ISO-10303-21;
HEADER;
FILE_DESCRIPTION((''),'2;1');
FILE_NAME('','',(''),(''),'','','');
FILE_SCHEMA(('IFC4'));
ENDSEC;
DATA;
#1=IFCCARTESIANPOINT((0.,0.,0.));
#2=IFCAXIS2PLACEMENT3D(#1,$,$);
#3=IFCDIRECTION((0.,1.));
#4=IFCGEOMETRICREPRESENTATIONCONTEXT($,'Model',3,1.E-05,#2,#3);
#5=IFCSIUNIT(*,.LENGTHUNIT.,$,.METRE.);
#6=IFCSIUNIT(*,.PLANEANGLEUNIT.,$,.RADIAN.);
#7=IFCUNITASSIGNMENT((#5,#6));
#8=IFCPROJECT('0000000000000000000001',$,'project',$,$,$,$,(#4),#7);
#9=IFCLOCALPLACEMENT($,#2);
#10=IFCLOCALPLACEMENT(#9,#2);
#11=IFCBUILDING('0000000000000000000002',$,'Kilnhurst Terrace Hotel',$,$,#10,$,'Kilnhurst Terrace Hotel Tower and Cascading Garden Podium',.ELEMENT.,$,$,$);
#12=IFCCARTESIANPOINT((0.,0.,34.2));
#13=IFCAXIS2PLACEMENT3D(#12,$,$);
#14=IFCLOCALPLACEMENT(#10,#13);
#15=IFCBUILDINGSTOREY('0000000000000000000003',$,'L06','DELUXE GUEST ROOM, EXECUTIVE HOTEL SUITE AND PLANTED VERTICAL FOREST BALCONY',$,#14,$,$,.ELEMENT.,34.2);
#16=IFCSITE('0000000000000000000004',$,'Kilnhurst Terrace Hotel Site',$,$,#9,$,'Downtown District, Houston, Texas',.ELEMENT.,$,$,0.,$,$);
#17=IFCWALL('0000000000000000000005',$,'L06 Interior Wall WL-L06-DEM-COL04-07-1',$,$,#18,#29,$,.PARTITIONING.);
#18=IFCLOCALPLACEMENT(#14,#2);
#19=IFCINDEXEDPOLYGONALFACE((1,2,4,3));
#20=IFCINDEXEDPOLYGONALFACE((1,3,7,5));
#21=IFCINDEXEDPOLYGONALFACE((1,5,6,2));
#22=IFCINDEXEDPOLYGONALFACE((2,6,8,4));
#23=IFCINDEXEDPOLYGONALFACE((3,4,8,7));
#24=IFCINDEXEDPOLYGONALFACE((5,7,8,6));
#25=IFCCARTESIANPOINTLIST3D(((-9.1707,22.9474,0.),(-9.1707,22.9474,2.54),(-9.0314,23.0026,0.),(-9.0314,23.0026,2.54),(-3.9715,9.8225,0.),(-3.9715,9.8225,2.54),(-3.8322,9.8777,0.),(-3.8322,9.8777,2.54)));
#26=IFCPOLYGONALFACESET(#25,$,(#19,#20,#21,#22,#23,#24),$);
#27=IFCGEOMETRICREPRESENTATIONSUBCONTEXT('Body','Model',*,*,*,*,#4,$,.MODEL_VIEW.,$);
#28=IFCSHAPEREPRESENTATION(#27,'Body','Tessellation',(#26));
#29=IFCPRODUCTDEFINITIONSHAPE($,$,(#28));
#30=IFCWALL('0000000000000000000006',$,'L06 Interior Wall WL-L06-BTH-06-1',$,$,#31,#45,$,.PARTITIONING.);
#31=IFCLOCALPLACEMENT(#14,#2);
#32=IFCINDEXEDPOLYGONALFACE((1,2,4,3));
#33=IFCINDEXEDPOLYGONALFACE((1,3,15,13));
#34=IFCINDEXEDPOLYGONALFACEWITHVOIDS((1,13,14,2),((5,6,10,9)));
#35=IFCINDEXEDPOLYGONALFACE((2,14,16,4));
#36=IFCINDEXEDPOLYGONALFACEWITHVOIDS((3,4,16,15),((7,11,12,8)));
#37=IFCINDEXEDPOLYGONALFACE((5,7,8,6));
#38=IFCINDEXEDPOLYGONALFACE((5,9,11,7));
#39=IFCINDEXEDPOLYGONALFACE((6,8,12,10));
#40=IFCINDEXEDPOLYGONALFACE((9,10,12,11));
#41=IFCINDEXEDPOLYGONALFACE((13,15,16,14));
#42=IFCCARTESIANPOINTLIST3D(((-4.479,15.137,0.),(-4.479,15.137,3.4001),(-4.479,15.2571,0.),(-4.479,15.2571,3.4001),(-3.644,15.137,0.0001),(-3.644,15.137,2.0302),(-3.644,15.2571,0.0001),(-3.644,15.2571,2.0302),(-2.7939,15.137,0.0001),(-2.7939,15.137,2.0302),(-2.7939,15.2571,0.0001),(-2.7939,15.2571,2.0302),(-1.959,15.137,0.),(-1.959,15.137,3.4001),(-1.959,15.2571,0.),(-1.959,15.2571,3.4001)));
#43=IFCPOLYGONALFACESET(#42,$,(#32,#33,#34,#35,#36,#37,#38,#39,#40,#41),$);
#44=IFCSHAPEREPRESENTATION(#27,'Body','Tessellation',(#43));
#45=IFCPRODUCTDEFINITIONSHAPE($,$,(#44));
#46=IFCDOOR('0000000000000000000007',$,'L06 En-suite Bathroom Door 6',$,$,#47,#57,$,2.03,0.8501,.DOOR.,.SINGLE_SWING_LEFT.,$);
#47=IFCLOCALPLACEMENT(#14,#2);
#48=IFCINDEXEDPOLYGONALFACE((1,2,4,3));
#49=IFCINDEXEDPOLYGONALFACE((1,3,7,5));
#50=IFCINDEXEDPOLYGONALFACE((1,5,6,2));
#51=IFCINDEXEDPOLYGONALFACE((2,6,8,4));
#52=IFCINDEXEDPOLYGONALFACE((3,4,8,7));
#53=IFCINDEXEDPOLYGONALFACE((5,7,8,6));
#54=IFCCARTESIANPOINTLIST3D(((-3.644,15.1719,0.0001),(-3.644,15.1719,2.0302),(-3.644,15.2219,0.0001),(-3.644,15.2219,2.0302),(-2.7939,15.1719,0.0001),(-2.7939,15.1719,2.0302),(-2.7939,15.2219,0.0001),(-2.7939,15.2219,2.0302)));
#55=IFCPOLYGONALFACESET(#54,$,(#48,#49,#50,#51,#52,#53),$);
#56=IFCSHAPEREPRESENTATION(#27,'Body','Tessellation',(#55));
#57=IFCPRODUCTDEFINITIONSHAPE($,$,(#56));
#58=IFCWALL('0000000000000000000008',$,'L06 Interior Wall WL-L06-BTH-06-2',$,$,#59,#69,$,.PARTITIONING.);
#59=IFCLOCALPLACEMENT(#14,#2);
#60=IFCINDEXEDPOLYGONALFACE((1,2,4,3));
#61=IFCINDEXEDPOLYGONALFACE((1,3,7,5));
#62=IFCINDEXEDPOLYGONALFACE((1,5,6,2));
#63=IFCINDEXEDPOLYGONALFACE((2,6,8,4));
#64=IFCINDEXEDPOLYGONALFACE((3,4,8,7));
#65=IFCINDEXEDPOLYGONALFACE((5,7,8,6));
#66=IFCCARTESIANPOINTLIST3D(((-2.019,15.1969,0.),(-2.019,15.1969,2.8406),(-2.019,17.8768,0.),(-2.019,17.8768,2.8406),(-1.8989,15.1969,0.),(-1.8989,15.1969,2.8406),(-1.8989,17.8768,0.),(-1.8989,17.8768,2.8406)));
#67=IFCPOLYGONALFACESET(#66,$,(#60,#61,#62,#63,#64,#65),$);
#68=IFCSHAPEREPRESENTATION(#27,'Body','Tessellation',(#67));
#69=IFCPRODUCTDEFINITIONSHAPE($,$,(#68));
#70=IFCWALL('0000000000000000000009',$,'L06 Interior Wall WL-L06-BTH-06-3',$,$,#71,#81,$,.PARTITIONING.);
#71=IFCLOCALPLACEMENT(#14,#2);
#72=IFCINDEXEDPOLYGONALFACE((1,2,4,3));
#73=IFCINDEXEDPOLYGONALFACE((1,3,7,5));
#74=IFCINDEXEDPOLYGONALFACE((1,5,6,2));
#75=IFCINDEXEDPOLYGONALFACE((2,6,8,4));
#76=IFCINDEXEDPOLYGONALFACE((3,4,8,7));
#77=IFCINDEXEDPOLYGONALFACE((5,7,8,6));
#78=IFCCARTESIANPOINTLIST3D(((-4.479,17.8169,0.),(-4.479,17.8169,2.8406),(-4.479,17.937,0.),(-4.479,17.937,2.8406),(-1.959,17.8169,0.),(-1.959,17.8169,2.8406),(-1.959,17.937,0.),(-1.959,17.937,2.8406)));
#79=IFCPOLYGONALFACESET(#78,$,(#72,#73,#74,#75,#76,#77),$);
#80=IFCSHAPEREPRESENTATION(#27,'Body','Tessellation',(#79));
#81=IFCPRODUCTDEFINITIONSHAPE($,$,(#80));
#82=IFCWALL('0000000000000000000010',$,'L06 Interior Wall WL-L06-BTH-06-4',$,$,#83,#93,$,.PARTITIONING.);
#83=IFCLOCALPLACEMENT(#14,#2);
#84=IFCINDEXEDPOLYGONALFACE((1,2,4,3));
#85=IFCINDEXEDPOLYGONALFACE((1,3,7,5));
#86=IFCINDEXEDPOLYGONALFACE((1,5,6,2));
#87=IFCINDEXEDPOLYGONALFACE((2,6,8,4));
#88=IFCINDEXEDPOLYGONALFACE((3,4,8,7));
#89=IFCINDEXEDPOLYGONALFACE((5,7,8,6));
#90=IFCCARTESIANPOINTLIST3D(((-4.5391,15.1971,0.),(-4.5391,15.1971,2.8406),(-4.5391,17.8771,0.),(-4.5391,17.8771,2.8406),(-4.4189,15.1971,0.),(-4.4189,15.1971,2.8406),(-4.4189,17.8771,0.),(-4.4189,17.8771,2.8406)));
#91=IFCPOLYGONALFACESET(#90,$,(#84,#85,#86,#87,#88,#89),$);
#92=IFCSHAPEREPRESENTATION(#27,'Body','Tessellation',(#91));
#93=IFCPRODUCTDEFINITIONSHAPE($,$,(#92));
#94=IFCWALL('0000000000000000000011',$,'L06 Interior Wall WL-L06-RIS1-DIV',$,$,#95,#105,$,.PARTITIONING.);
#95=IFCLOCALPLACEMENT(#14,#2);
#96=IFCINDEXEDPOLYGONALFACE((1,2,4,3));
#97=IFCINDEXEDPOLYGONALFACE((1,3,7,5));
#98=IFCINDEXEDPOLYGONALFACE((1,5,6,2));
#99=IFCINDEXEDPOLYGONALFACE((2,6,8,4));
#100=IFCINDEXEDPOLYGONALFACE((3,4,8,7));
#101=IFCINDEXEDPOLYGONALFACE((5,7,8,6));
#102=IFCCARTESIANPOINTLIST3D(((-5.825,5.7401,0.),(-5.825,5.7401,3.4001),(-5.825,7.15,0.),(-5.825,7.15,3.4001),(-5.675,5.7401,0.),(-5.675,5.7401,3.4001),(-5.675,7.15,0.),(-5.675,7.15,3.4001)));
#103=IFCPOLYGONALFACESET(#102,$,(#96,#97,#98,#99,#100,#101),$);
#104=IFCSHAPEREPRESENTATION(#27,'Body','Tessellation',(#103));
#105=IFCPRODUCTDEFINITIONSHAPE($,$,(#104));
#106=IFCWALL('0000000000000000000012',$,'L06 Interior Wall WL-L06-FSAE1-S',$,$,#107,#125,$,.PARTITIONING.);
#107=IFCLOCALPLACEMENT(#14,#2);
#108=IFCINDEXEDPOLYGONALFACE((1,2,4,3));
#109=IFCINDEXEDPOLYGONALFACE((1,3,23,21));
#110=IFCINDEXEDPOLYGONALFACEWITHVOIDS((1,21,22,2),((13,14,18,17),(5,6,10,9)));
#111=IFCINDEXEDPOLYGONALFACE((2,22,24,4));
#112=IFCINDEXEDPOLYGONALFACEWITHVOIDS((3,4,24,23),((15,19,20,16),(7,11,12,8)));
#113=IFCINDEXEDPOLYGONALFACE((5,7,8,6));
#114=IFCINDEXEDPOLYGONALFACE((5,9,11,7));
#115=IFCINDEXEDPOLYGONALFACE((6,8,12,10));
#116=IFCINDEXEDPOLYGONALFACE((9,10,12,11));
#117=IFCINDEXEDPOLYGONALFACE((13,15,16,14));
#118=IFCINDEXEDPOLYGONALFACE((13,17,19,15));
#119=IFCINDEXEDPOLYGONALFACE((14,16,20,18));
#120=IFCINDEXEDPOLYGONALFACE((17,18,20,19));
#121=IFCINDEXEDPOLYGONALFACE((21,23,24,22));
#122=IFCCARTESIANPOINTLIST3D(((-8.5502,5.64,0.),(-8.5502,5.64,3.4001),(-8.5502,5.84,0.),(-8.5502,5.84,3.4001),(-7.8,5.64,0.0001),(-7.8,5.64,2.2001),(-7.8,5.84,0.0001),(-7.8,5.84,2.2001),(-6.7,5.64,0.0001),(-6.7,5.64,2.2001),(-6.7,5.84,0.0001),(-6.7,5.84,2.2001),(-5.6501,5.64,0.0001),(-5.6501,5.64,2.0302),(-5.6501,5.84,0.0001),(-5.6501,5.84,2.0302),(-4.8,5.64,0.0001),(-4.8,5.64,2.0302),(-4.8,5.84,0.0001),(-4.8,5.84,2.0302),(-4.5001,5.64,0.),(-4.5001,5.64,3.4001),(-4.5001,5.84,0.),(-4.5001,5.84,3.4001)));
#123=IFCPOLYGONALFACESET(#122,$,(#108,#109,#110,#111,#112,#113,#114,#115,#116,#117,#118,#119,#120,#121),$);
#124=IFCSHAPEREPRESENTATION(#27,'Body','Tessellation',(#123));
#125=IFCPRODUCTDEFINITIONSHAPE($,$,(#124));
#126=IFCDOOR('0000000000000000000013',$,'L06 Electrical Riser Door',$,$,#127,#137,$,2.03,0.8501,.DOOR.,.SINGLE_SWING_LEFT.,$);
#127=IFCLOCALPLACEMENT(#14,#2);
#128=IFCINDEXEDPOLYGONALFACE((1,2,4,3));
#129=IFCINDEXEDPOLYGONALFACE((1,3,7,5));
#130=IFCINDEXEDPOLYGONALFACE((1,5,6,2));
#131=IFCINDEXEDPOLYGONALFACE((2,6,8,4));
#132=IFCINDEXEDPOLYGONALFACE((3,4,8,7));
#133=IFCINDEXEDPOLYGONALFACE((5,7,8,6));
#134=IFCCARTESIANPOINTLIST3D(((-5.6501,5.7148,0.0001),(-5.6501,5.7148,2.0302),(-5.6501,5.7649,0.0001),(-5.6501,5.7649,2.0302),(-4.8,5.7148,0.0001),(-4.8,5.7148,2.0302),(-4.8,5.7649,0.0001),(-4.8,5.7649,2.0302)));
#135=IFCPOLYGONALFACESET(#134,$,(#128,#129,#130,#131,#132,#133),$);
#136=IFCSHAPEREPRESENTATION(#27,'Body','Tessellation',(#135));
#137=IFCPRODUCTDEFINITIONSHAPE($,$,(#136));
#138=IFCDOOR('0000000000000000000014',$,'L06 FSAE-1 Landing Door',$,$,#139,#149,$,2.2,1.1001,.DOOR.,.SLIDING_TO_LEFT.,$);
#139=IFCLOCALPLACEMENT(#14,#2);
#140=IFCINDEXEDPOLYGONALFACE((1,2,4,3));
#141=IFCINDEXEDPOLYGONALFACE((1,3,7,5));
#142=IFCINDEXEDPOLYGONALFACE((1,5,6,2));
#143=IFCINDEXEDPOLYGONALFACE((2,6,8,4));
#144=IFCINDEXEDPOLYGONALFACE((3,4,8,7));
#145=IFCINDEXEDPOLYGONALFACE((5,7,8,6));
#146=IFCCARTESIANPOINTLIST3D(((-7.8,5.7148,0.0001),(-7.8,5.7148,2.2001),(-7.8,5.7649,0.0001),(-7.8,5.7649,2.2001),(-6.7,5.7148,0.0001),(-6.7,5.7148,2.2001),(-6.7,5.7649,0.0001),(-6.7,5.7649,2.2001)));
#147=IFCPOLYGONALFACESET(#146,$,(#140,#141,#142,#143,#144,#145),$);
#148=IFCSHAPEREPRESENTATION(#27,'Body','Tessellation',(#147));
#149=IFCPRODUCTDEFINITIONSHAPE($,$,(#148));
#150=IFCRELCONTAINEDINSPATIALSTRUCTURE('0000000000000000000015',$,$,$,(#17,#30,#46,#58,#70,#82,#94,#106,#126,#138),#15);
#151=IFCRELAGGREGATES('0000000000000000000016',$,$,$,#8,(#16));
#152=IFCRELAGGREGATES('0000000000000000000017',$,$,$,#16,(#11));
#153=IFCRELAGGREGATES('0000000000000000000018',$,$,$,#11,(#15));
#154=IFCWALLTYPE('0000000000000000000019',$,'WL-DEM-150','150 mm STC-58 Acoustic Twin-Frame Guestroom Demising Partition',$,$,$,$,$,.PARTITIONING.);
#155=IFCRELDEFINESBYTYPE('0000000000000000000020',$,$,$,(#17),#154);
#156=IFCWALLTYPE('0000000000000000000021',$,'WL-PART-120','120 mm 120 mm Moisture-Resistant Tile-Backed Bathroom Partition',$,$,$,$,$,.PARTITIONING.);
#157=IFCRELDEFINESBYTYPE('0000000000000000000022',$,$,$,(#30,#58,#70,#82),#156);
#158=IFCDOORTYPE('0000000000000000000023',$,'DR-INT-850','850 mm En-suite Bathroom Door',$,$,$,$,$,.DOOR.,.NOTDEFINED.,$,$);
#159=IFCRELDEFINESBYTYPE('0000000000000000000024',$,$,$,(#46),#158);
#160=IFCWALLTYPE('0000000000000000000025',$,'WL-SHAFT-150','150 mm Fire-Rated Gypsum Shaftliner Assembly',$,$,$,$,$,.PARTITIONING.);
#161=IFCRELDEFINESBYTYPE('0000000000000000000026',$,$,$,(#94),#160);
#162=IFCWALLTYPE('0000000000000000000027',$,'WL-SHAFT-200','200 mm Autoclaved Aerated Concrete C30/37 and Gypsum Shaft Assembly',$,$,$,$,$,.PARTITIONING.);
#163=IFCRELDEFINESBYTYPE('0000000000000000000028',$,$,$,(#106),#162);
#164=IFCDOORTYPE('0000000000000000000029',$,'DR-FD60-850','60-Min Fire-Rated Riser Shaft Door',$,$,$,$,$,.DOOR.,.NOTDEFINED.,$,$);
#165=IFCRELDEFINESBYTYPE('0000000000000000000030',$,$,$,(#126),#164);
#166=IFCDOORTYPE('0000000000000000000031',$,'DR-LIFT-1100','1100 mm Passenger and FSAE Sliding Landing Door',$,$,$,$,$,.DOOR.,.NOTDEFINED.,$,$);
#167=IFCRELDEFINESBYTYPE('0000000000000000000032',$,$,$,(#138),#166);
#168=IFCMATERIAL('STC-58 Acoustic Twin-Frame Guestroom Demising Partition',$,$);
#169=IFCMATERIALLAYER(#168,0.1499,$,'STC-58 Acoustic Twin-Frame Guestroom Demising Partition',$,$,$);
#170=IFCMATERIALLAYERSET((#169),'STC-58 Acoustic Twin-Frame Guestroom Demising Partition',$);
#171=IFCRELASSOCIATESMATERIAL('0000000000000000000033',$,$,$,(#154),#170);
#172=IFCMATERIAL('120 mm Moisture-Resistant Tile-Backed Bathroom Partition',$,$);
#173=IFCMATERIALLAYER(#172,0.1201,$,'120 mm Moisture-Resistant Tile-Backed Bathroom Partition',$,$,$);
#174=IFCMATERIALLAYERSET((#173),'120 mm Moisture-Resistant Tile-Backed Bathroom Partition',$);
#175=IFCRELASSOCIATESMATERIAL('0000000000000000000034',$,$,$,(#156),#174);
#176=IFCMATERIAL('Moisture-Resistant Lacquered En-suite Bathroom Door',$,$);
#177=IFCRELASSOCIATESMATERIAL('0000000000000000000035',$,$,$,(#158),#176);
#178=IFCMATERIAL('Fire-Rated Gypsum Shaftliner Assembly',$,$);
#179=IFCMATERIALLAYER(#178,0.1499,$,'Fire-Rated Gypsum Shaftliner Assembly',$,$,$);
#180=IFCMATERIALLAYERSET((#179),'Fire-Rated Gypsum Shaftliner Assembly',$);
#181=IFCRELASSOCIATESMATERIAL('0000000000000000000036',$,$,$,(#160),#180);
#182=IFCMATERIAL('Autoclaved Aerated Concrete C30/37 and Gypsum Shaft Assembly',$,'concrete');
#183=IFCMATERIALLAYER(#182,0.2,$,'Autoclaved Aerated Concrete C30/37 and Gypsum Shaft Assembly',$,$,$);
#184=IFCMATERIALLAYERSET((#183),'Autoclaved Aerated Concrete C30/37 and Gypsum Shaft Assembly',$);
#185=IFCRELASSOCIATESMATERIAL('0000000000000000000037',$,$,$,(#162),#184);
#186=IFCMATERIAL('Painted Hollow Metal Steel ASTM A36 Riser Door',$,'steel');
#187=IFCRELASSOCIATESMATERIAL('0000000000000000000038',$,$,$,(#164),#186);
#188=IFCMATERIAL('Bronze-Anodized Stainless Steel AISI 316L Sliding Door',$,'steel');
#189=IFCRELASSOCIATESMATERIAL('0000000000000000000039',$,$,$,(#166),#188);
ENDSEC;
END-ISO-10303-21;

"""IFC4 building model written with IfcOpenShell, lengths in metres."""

from ifc_helpers import new_model, si_unit, direction, frame, frame_2d, origin, place, context, subcontext, project, spatial, rectangle, extrude, material, layer, layer_set, type_object, element, fill, save


model = new_model("IFC4")

# Units and contexts
model_context = context("Model", 3, precision=1e-05, world=origin(), true_north=direction((0.0, 1.0)))
body_context = subcontext(model_context, "Body", "Model", "MODEL_VIEW")
ifc_project = project(units=[si_unit("LENGTHUNIT", "METRE"), si_unit("PLANEANGLEUNIT", "RADIAN")], contexts=[model_context])

# Site, building, storey
site_placement = place(None, origin())
site = spatial("IfcSite", under=ifc_project, at=site_placement, Name="Kilnhurst Terrace Hotel Site", LongName="Downtown District, Houston, Texas", CompositionType="ELEMENT", RefElevation=0.0)
building_placement = place(site_placement, origin())
building = spatial("IfcBuilding", under=site, at=building_placement, Name="Kilnhurst Terrace Hotel", LongName="Kilnhurst Terrace Hotel Tower and Cascading Garden Podium", CompositionType="ELEMENT")
storey_placement = place(building_placement, frame((0.0, 0.0, 34.2)))
storey = spatial("IfcBuildingStorey", under=building, at=storey_placement, Name="L06", Description="DELUXE GUEST ROOM, EXECUTIVE HOTEL SUITE AND PLANTED VERTICAL FOREST BALCONY", CompositionType="ELEMENT", Elevation=34.2)

# Wall
ifc_material_1 = material(Name="STC-58 Acoustic Twin-Frame Guestroom Demising Partition")
ifc_layer_1 = layer(ifc_material_1, 0.1499, Name="STC-58 Acoustic Twin-Frame Guestroom Demising Partition")
ifc_layer_set_1 = layer_set([ifc_layer_1], Name="STC-58 Acoustic Twin-Frame Guestroom Demising Partition")
wall_type_1 = type_object("IfcWallType", Name="WL-DEM-150", Description="150 mm STC-58 Acoustic Twin-Frame Guestroom Demising Partition", PredefinedType="PARTITIONING", material=ifc_layer_set_1)
wall_1_placement = place(storey_placement, frame((-3.9019, 9.8501, 0.0), z_axis=(0.0, 0.0, 1.0), x_axis=(-0.368288, 0.929712, 0.0)))
element("IfcWall", 1, at=wall_1_placement, inside=storey, type_object=wall_type_1, Name="L06 Interior Wall WL-L06-DEM-COL04-07-1", PredefinedType="PARTITIONING", context=body_context, shape_type="SweptSolid", body=[
    extrude(rectangle(XDim=14.1172, YDim=0.1499, at=frame_2d((7.0586, 0.0))), origin(), (0.0, 0.0, 1.0), 2.54),
])

# Wall, opening, door
ifc_material_2 = material(Name="120 mm Moisture-Resistant Tile-Backed Bathroom Partition")
ifc_layer_2 = layer(ifc_material_2, 0.1201, Name="120 mm Moisture-Resistant Tile-Backed Bathroom Partition")
ifc_layer_set_2 = layer_set([ifc_layer_2], Name="120 mm Moisture-Resistant Tile-Backed Bathroom Partition")
wall_type_2 = type_object("IfcWallType", Name="WL-PART-120", Description="120 mm 120 mm Moisture-Resistant Tile-Backed Bathroom Partition", PredefinedType="PARTITIONING", material=ifc_layer_set_2)
wall_2_placement = place(storey_placement, frame((-4.479, 15.197, 0.0), z_axis=(0.0, 0.0, 1.0), x_axis=(1.0, 0.0, 0.0)))
wall_2 = element("IfcWall", 2, at=wall_2_placement, inside=storey, type_object=wall_type_2, Name="L06 Interior Wall WL-L06-BTH-06-1", PredefinedType="PARTITIONING", context=body_context, shape_type="SweptSolid", body=[
    extrude(rectangle(XDim=2.52, YDim=0.1201, at=frame_2d((1.26, 0.0))), origin(), (0.0, 0.0, 1.0), 3.4001),
])
opening_1_placement = place(wall_2_placement, frame((0.835, 0.0, 0.0)))
opening_1 = element("IfcOpeningElement", 3, at=opening_1_placement, cuts=wall_2, PredefinedType="OPENING", context=body_context, shape_type="SweptSolid", body=[
    extrude(rectangle(XDim=0.8501, YDim=2.03, at=frame_2d((0.425, 1.0151))), frame((0.0, 0.0701, 0.0), z_axis=(0.0, -1.0, 0.0), x_axis=(1.0, 0.0, 0.0)), (0.0, 0.0, 1.0), 0.1401),
])
ifc_material_3 = material(Name="Moisture-Resistant Lacquered En-suite Bathroom Door")
door_type_1 = type_object("IfcDoorType", Name="DR-INT-850", Description="850 mm En-suite Bathroom Door", OperationType="NOTDEFINED", PredefinedType="DOOR", material=ifc_material_3)
door_1_placement = place(opening_1_placement, origin())
door_1 = element("IfcDoor", 4, at=door_1_placement, inside=storey, type_object=door_type_1, Name="L06 En-suite Bathroom Door 6", OperationType="SINGLE_SWING_LEFT", OverallHeight=2.03, OverallWidth=0.8501, PredefinedType="DOOR", context=body_context, shape_type="SweptSolid", body=[
    extrude(rectangle(XDim=0.8501, YDim=2.03, at=frame_2d((0.425, 1.0151))), frame((0.0, 0.0249, 0.0), z_axis=(0.0, -1.0, 0.0), x_axis=(1.0, 0.0, 0.0)), (0.0, 0.0, 1.0), 0.05),
])
fill(opening_1, door_1)

# Walls
wall_3_placement = place(storey_placement, frame((-1.959, 15.197, 0.0), z_axis=(0.0, 0.0, 1.0), x_axis=(0.0, 1.0, 0.0)))
element("IfcWall", 5, at=wall_3_placement, inside=storey, type_object=wall_type_2, Name="L06 Interior Wall WL-L06-BTH-06-2", PredefinedType="PARTITIONING", context=body_context, shape_type="SweptSolid", body=[
    extrude(rectangle(XDim=2.6799, YDim=0.1201, at=frame_2d((1.3398, 0.0))), origin(), (0.0, 0.0, 1.0), 2.8406),
])
wall_4_placement = place(storey_placement, frame((-1.959, 17.877, 0.0), z_axis=(0.0, 0.0, 1.0), x_axis=(-1.0, 0.0, 0.0)))
element("IfcWall", 6, at=wall_4_placement, inside=storey, type_object=wall_type_2, Name="L06 Interior Wall WL-L06-BTH-06-3", PredefinedType="PARTITIONING", context=body_context, shape_type="SweptSolid", body=[
    extrude(rectangle(XDim=2.52, YDim=0.1201, at=frame_2d((1.26, 0.0))), origin(), (0.0, 0.0, 1.0), 2.8406),
])
wall_5_placement = place(storey_placement, frame((-4.479, 17.877, 0.0), z_axis=(0.0, 0.0, 1.0), x_axis=(0.0, -1.0, 0.0)))
element("IfcWall", 7, at=wall_5_placement, inside=storey, type_object=wall_type_2, Name="L06 Interior Wall WL-L06-BTH-06-4", PredefinedType="PARTITIONING", context=body_context, shape_type="SweptSolid", body=[
    extrude(rectangle(XDim=2.6799, YDim=0.1201, at=frame_2d((1.3398, 0.0))), origin(), (0.0, 0.0, 1.0), 2.8406),
])
ifc_material_4 = material(Name="Fire-Rated Gypsum Shaftliner Assembly")
ifc_layer_3 = layer(ifc_material_4, 0.1499, Name="Fire-Rated Gypsum Shaftliner Assembly")
ifc_layer_set_3 = layer_set([ifc_layer_3], Name="Fire-Rated Gypsum Shaftliner Assembly")
wall_type_3 = type_object("IfcWallType", Name="WL-SHAFT-150", Description="150 mm Fire-Rated Gypsum Shaftliner Assembly", PredefinedType="PARTITIONING", material=ifc_layer_set_3)
wall_6_placement = place(storey_placement, frame((-5.75, 5.74, 0.0), z_axis=(0.0, 0.0, 1.0), x_axis=(0.0, 1.0, 0.0)))
element("IfcWall", 8, at=wall_6_placement, inside=storey, type_object=wall_type_3, Name="L06 Interior Wall WL-L06-RIS1-DIV", PredefinedType="PARTITIONING", context=body_context, shape_type="SweptSolid", body=[
    extrude(rectangle(XDim=1.4099, YDim=0.1499, at=frame_2d((0.7051, 0.0))), origin(), (0.0, 0.0, 1.0), 3.4001),
])

# Wall, openings, doors
ifc_material_5 = material(Name="Autoclaved Aerated Concrete C30/37 and Gypsum Shaft Assembly", Category="concrete")
ifc_layer_4 = layer(ifc_material_5, 0.2, Name="Autoclaved Aerated Concrete C30/37 and Gypsum Shaft Assembly")
ifc_layer_set_4 = layer_set([ifc_layer_4], Name="Autoclaved Aerated Concrete C30/37 and Gypsum Shaft Assembly")
wall_type_4 = type_object("IfcWallType", Name="WL-SHAFT-200", Description="200 mm Autoclaved Aerated Concrete C30/37 and Gypsum Shaft Assembly", PredefinedType="PARTITIONING", material=ifc_layer_set_4)
wall_7_placement = place(storey_placement, frame((-8.55, 5.74, 0.0), z_axis=(0.0, 0.0, 1.0), x_axis=(1.0, 0.0, 0.0)))
wall_7 = element("IfcWall", 9, at=wall_7_placement, inside=storey, type_object=wall_type_4, Name="L06 Interior Wall WL-L06-FSAE1-S", PredefinedType="PARTITIONING", context=body_context, shape_type="SweptSolid", body=[
    extrude(rectangle(XDim=4.05, YDim=0.2, at=frame_2d((2.0249, 0.0))), origin(), (0.0, 0.0, 1.0), 3.4001),
])
opening_2_placement = place(wall_7_placement, frame((0.75, 0.0, 0.0)))
opening_2 = element("IfcOpeningElement", 10, at=opening_2_placement, cuts=wall_7, PredefinedType="OPENING", context=body_context, shape_type="SweptSolid", body=[
    extrude(rectangle(XDim=1.1001, YDim=2.2, at=frame_2d((0.55, 1.1001))), frame((0.0, 0.1099, 0.0), z_axis=(0.0, -1.0, 0.0), x_axis=(1.0, 0.0, 0.0)), (0.0, 0.0, 1.0), 0.22),
])
opening_3_placement = place(wall_7_placement, frame((2.8999, 0.0, 0.0)))
opening_3 = element("IfcOpeningElement", 11, at=opening_3_placement, cuts=wall_7, PredefinedType="OPENING", context=body_context, shape_type="SweptSolid", body=[
    extrude(rectangle(XDim=0.8501, YDim=2.03, at=frame_2d((0.425, 1.0151))), frame((0.0, 0.1099, 0.0), z_axis=(0.0, -1.0, 0.0), x_axis=(1.0, 0.0, 0.0)), (0.0, 0.0, 1.0), 0.22),
])
ifc_material_6 = material(Name="Painted Hollow Metal Steel ASTM A36 Riser Door", Category="steel")
door_type_2 = type_object("IfcDoorType", Name="DR-FD60-850", Description="60-Min Fire-Rated Riser Shaft Door", OperationType="NOTDEFINED", PredefinedType="DOOR", material=ifc_material_6)
door_2_placement = place(opening_3_placement, origin())
door_2 = element("IfcDoor", 12, at=door_2_placement, inside=storey, type_object=door_type_2, Name="L06 Electrical Riser Door", OperationType="SINGLE_SWING_LEFT", OverallHeight=2.03, OverallWidth=0.8501, PredefinedType="DOOR", context=body_context, shape_type="SweptSolid", body=[
    extrude(rectangle(XDim=0.8501, YDim=2.03, at=frame_2d((0.425, 1.0151))), frame((0.0, 0.0249, 0.0), z_axis=(0.0, -1.0, 0.0), x_axis=(1.0, 0.0, 0.0)), (0.0, 0.0, 1.0), 0.05),
])
fill(opening_3, door_2)
ifc_material_7 = material(Name="Bronze-Anodized Stainless Steel AISI 316L Sliding Door", Category="steel")
door_type_3 = type_object("IfcDoorType", Name="DR-LIFT-1100", Description="1100 mm Passenger and FSAE Sliding Landing Door", OperationType="NOTDEFINED", PredefinedType="DOOR", material=ifc_material_7)
door_3_placement = place(opening_2_placement, origin())
door_3 = element("IfcDoor", 13, at=door_3_placement, inside=storey, type_object=door_type_3, Name="L06 FSAE-1 Landing Door", OperationType="SLIDING_TO_LEFT", OverallHeight=2.2, OverallWidth=1.1001, PredefinedType="DOOR", context=body_context, shape_type="SweptSolid", body=[
    extrude(rectangle(XDim=1.1001, YDim=2.2, at=frame_2d((0.55, 1.1001))), frame((0.0, 0.0249, 0.0), z_axis=(0.0, -1.0, 0.0), x_axis=(1.0, 0.0, 0.0)), (0.0, 0.0, 1.0), 0.05),
])
fill(opening_2, door_3)

save(model, "model.ifc")
